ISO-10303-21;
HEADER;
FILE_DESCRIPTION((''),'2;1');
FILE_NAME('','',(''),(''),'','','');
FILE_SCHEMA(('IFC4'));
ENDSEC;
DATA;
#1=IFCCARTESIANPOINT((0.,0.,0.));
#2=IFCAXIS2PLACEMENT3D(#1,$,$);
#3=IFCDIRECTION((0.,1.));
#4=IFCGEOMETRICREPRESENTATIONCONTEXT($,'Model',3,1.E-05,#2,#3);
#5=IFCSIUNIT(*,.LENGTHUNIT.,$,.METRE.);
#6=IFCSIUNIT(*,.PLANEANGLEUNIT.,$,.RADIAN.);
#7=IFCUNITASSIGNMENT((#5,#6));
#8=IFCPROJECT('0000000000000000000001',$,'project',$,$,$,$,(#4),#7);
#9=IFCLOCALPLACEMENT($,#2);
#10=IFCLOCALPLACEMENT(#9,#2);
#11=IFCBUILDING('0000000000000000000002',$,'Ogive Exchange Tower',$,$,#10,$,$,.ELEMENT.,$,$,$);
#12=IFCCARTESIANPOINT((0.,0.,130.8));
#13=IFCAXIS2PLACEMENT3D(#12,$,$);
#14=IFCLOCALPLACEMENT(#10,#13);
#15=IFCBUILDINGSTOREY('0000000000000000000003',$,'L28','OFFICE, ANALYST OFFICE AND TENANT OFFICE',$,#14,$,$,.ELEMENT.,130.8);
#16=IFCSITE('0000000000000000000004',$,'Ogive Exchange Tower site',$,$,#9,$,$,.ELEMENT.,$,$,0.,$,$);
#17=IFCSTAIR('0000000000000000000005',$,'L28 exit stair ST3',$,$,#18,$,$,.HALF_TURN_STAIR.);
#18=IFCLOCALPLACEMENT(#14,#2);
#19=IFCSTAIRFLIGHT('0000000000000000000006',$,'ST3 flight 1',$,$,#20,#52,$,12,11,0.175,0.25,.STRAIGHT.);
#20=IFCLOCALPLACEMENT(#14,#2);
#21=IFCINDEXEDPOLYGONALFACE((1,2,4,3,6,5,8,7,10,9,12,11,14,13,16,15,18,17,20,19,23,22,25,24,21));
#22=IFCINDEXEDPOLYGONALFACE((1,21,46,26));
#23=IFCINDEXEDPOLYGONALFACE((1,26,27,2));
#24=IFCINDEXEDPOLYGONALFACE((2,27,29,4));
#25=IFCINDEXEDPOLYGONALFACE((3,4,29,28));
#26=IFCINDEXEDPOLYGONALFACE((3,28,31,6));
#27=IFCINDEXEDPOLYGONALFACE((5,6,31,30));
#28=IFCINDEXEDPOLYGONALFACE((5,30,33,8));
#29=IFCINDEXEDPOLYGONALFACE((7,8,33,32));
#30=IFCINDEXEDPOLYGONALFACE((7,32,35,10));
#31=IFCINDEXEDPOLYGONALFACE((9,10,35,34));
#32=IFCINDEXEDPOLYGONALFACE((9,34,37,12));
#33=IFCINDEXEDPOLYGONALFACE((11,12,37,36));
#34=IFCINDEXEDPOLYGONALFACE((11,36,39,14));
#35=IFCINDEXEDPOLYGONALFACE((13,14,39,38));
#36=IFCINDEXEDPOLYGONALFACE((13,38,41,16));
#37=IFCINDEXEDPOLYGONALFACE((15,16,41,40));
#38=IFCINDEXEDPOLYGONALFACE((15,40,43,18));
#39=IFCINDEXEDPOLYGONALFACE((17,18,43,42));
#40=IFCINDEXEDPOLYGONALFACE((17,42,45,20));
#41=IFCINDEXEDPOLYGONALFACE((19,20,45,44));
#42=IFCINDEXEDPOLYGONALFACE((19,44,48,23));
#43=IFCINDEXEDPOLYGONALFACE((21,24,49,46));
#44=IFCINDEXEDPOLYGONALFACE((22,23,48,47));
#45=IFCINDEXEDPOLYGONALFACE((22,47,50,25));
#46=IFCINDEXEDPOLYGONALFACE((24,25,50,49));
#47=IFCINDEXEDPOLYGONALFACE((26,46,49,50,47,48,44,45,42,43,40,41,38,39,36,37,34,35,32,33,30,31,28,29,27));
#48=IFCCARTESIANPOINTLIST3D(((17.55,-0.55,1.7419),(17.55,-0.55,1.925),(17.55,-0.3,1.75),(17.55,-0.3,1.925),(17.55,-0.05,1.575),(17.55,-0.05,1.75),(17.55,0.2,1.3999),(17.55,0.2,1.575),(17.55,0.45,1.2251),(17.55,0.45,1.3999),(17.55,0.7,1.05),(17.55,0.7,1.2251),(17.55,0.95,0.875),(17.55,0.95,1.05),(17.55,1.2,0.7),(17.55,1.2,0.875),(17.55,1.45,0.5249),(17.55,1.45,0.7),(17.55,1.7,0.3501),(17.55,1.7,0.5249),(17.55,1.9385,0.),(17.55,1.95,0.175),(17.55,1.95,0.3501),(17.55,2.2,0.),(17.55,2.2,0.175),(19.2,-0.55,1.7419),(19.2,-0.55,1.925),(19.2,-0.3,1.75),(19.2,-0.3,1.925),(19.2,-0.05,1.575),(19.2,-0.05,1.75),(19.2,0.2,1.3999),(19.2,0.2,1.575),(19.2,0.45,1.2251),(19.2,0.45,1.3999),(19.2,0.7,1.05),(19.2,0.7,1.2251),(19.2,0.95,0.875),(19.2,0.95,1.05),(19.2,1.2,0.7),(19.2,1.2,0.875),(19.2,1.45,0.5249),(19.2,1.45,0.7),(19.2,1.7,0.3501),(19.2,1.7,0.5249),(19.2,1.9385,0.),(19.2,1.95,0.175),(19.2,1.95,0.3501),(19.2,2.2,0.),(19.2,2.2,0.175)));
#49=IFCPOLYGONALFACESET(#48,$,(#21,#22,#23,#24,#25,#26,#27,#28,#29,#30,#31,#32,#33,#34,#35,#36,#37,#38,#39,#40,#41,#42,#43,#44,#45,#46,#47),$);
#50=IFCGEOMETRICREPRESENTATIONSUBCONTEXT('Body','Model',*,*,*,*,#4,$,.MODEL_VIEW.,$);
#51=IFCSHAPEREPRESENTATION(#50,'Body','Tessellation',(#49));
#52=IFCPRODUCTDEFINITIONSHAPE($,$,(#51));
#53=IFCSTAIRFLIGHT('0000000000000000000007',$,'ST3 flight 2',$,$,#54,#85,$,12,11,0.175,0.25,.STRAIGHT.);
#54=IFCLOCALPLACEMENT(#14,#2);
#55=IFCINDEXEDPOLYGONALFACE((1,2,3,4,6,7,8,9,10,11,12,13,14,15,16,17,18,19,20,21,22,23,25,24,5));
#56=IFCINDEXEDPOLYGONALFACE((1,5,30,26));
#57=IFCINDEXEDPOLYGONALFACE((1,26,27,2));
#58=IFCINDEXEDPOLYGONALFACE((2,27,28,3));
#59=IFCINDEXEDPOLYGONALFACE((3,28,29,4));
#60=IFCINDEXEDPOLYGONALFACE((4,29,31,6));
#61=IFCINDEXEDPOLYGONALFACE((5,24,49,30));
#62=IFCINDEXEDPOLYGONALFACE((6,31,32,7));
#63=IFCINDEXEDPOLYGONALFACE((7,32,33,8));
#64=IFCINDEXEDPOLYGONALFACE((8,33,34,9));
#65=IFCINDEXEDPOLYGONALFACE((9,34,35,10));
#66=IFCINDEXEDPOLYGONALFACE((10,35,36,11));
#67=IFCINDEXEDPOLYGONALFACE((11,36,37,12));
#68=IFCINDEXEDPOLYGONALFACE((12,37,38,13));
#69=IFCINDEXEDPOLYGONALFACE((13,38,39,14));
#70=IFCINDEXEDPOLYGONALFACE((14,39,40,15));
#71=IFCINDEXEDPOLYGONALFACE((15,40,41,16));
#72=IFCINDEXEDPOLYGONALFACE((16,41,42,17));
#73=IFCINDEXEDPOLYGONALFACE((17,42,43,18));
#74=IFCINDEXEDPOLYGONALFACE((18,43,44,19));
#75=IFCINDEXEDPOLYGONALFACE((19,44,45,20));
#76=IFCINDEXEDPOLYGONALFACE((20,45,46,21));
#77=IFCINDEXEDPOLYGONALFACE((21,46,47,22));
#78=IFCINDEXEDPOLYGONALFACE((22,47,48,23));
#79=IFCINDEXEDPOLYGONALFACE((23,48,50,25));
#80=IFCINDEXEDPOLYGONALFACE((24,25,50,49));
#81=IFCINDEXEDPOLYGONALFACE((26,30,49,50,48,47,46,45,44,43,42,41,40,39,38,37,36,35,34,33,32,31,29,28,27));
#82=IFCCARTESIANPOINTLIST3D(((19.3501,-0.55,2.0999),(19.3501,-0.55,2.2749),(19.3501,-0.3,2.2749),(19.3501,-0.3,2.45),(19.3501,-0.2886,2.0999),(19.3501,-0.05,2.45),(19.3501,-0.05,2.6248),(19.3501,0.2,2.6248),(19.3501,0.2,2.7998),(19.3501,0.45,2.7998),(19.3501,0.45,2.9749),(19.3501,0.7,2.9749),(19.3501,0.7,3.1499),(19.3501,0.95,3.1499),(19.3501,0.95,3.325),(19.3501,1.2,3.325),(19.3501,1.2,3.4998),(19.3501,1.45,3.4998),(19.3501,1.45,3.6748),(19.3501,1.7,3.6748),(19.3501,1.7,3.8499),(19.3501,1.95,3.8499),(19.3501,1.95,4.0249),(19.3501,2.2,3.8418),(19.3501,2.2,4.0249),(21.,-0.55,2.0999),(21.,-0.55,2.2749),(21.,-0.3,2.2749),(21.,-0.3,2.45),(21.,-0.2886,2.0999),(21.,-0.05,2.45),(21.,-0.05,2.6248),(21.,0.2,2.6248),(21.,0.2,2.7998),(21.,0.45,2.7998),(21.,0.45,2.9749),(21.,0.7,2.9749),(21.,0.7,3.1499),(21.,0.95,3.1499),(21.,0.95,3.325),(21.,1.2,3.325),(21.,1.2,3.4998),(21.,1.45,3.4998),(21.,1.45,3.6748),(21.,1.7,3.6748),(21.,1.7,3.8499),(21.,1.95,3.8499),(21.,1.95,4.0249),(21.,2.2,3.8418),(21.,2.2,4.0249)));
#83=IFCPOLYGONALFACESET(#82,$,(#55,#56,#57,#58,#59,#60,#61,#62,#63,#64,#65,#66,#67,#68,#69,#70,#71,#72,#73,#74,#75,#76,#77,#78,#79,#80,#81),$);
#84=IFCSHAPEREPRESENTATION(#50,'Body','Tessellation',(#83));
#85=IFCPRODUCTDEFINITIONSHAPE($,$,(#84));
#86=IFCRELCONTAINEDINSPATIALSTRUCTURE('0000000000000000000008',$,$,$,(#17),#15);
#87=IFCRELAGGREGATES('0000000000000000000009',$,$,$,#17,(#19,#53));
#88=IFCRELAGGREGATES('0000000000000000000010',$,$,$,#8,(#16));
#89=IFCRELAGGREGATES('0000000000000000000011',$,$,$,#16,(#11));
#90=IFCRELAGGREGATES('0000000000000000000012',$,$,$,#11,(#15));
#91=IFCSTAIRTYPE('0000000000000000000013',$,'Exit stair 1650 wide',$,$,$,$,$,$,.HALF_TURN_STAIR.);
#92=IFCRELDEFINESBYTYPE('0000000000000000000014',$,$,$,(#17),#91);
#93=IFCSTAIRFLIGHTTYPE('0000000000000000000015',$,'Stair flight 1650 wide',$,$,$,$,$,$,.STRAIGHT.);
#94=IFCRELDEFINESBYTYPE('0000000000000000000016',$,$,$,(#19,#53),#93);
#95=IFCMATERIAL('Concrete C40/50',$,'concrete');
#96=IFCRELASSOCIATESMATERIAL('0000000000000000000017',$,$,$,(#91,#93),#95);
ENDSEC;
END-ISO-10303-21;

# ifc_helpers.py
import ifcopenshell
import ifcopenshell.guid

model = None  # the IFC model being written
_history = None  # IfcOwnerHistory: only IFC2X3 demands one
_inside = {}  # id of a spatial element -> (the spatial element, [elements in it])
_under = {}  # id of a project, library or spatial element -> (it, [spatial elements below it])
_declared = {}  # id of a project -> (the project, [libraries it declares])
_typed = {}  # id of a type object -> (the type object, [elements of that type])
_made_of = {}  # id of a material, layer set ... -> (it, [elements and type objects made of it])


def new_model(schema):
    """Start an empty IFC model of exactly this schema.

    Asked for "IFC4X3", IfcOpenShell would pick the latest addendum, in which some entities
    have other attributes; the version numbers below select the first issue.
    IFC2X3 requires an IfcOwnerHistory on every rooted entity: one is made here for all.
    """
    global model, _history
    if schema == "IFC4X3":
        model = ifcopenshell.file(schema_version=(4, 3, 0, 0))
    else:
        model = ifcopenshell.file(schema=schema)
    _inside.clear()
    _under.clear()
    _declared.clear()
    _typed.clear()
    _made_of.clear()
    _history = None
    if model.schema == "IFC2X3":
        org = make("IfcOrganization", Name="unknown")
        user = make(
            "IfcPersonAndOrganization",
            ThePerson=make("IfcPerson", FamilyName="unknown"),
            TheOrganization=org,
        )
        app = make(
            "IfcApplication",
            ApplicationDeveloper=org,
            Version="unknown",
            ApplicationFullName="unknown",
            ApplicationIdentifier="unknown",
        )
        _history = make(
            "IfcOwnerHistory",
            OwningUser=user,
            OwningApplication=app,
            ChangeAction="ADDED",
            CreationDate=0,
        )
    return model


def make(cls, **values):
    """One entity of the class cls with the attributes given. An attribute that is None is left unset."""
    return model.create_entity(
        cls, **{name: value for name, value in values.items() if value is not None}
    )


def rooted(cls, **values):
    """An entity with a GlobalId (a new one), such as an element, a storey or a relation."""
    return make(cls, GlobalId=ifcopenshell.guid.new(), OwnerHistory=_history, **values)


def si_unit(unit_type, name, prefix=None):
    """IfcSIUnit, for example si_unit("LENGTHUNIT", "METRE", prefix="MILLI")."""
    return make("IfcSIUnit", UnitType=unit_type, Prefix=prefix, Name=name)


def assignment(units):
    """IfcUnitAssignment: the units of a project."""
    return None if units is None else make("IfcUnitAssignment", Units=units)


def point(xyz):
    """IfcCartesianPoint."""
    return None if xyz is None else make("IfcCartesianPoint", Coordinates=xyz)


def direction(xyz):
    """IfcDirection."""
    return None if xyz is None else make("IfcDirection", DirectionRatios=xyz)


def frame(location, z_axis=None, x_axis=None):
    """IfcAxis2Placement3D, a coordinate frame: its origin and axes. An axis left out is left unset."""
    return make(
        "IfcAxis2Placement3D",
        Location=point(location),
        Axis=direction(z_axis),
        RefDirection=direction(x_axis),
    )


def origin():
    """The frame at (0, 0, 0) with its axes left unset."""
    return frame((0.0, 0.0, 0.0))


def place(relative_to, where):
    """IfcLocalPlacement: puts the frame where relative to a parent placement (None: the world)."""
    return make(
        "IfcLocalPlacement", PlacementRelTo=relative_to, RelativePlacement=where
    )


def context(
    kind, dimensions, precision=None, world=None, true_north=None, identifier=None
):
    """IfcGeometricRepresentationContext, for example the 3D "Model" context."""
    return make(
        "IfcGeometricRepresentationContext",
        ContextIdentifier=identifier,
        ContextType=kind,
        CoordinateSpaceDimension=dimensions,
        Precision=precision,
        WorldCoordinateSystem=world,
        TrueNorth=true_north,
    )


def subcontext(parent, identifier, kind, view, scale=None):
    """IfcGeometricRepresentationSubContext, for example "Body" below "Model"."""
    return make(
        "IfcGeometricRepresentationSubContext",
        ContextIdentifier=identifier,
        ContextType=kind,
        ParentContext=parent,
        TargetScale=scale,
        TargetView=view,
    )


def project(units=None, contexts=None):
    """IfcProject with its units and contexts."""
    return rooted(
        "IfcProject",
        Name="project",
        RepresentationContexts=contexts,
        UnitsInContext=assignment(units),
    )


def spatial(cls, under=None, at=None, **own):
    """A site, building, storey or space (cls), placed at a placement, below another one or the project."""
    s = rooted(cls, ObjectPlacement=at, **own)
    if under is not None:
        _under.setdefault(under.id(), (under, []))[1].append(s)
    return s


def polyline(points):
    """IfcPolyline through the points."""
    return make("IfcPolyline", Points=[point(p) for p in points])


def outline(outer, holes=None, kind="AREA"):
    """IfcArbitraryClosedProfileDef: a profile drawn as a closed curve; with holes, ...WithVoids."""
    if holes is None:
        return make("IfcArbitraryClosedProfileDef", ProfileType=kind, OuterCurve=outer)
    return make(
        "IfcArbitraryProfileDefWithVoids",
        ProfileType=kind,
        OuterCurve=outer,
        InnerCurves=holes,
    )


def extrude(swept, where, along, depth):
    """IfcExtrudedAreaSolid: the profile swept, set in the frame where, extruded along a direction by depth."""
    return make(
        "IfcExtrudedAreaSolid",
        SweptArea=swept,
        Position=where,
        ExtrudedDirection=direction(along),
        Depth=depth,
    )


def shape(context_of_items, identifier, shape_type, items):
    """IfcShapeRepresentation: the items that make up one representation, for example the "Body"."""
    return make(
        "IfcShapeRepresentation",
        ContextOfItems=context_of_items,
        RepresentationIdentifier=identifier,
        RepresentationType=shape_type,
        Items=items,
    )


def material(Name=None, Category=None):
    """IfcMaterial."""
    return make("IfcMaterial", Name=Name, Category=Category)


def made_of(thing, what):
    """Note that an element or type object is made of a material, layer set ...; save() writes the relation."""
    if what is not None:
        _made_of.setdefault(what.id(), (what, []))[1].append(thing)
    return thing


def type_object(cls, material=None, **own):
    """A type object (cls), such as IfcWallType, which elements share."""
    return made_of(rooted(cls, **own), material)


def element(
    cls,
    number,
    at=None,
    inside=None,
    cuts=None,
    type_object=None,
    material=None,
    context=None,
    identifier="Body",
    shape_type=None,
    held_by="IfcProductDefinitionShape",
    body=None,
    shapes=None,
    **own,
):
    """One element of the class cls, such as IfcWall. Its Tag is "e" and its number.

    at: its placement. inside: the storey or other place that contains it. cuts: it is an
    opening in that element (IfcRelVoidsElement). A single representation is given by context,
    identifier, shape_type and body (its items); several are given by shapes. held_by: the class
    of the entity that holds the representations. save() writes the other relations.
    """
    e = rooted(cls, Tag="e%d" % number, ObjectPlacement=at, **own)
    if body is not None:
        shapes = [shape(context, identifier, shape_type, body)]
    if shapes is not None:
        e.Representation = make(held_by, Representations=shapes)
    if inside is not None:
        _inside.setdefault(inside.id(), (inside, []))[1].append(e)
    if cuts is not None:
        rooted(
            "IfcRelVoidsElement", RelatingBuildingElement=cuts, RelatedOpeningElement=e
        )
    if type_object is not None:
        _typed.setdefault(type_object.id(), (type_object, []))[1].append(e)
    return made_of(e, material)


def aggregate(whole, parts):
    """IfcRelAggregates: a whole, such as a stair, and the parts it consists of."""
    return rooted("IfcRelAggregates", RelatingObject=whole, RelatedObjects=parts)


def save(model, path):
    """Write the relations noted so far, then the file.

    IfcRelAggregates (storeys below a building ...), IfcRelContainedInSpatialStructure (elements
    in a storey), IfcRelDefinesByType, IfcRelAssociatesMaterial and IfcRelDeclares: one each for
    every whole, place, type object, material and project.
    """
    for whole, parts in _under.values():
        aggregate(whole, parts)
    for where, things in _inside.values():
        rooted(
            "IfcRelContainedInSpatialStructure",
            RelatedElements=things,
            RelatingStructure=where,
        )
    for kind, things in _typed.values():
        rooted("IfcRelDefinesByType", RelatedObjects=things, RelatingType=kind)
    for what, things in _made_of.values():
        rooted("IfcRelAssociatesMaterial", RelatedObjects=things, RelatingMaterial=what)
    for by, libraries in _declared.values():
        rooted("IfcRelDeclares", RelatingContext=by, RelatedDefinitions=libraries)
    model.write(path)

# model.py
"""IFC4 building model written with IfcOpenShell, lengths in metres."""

from ifc_helpers import new_model, si_unit, direction, frame, origin, place, context, subcontext, project, spatial, polyline, outline, extrude, material, type_object, element, aggregate, save


model = new_model("IFC4")

# Units and contexts
model_context = context("Model", 3, precision=1e-05, world=origin(), true_north=direction((0.0, 1.0)))
body_context = subcontext(model_context, "Body", "Model", "MODEL_VIEW")
ifc_project = project(units=[si_unit("LENGTHUNIT", "METRE"), si_unit("PLANEANGLEUNIT", "RADIAN")], contexts=[model_context])

# Site, building, storey
site_placement = place(None, origin())
site = spatial("IfcSite", under=ifc_project, at=site_placement, Name="Ogive Exchange Tower site", CompositionType="ELEMENT", RefElevation=0.0)
building_placement = place(site_placement, origin())
building = spatial("IfcBuilding", under=site, at=building_placement, Name="Ogive Exchange Tower", CompositionType="ELEMENT")
storey_placement = place(building_placement, frame((0.0, 0.0, 130.8)))
storey = spatial("IfcBuildingStorey", under=building, at=storey_placement, Name="L28", Description="OFFICE, ANALYST OFFICE AND TENANT OFFICE", CompositionType="ELEMENT", Elevation=130.8)

# Stair, stair flights
ifc_material_1 = material(Name="Concrete C40/50", Category="concrete")
stair_type = type_object("IfcStairType", Name="Exit stair 1650 wide", PredefinedType="HALF_TURN_STAIR", material=ifc_material_1)
stair_placement = place(storey_placement, origin())
stair = element("IfcStair", 1, at=stair_placement, inside=storey, type_object=stair_type, Name="L28 exit stair ST3", PredefinedType="HALF_TURN_STAIR")
stair_flight_type = type_object("IfcStairFlightType", Name="Stair flight 1650 wide", PredefinedType="STRAIGHT", material=ifc_material_1)
stair_flight_1_placement = place(storey_placement, frame((18.375, 2.2, 0.0), z_axis=(0.0, 0.0, 1.0), x_axis=(0.0, -1.0, 0.0)))
stair_flight_1 = element("IfcStairFlight", 2, at=stair_flight_1_placement, type_object=stair_flight_type, Name="ST3 flight 1", NumberOfRisers=12, NumberOfTreads=11, PredefinedType="STRAIGHT", RiserHeight=0.175, TreadLength=0.25, context=body_context, shape_type="SweptSolid", body=[
    extrude(outline(polyline([(0.0, 0.0), (0.0, 0.175), (0.25, 0.175), (0.25, 0.3501), (0.5, 0.3501), (0.5, 0.5249), (0.75, 0.5249), (0.75, 0.7), (1.0, 0.7), (1.0, 0.875), (1.25, 0.875), (1.25, 1.05), (1.5, 1.05), (1.5, 1.2251), (1.75, 1.2251), (1.75, 1.3999), (2.0, 1.3999), (2.0, 1.575), (2.25, 1.575), (2.25, 1.75), (2.5, 1.75), (2.5, 1.925), (2.75, 1.925), (2.75, 2.1001), (2.75, 1.7419), (0.2615, 0.0), (0.0, 0.0)])), frame((0.0, 0.825, 0.0), z_axis=(0.0, -1.0, 0.0), x_axis=(1.0, 0.0, 0.0)), (0.0, 0.0, 1.0), 1.6499),
])
stair_flight_2_placement = place(storey_placement, frame((20.175, -0.55, 2.0999), z_axis=(0.0, 0.0, 1.0), x_axis=(0.0, 1.0, 0.0)))
stair_flight_2 = element("IfcStairFlight", 3, at=stair_flight_2_placement, type_object=stair_flight_type, Name="ST3 flight 2", NumberOfRisers=12, NumberOfTreads=11, PredefinedType="STRAIGHT", RiserHeight=0.175, TreadLength=0.25, context=body_context, shape_type="SweptSolid", body=[
    extrude(outline(polyline([(0.0, 0.0), (0.0, 0.175), (0.25, 0.175), (0.25, 0.3501), (0.5, 0.3501), (0.5, 0.5249), (0.75, 0.5249), (0.75, 0.7), (1.0, 0.7), (1.0, 0.875), (1.25, 0.875), (1.25, 1.05), (1.5, 1.05), (1.5, 1.2251), (1.75, 1.2251), (1.75, 1.3999), (2.0, 1.3999), (2.0, 1.575), (2.25, 1.575), (2.25, 1.75), (2.5, 1.75), (2.5, 1.925), (2.75, 1.925), (2.75, 2.1001), (2.75, 1.7419), (0.2615, 0.0), (0.0, 0.0)])), frame((0.0, 0.825, 0.0), z_axis=(0.0, -1.0, 0.0), x_axis=(1.0, 0.0, 0.0)), (0.0, 0.0, 1.0), 1.6499),
])
aggregate(stair, [stair_flight_1, stair_flight_2])

save(model, "model.ifc")
